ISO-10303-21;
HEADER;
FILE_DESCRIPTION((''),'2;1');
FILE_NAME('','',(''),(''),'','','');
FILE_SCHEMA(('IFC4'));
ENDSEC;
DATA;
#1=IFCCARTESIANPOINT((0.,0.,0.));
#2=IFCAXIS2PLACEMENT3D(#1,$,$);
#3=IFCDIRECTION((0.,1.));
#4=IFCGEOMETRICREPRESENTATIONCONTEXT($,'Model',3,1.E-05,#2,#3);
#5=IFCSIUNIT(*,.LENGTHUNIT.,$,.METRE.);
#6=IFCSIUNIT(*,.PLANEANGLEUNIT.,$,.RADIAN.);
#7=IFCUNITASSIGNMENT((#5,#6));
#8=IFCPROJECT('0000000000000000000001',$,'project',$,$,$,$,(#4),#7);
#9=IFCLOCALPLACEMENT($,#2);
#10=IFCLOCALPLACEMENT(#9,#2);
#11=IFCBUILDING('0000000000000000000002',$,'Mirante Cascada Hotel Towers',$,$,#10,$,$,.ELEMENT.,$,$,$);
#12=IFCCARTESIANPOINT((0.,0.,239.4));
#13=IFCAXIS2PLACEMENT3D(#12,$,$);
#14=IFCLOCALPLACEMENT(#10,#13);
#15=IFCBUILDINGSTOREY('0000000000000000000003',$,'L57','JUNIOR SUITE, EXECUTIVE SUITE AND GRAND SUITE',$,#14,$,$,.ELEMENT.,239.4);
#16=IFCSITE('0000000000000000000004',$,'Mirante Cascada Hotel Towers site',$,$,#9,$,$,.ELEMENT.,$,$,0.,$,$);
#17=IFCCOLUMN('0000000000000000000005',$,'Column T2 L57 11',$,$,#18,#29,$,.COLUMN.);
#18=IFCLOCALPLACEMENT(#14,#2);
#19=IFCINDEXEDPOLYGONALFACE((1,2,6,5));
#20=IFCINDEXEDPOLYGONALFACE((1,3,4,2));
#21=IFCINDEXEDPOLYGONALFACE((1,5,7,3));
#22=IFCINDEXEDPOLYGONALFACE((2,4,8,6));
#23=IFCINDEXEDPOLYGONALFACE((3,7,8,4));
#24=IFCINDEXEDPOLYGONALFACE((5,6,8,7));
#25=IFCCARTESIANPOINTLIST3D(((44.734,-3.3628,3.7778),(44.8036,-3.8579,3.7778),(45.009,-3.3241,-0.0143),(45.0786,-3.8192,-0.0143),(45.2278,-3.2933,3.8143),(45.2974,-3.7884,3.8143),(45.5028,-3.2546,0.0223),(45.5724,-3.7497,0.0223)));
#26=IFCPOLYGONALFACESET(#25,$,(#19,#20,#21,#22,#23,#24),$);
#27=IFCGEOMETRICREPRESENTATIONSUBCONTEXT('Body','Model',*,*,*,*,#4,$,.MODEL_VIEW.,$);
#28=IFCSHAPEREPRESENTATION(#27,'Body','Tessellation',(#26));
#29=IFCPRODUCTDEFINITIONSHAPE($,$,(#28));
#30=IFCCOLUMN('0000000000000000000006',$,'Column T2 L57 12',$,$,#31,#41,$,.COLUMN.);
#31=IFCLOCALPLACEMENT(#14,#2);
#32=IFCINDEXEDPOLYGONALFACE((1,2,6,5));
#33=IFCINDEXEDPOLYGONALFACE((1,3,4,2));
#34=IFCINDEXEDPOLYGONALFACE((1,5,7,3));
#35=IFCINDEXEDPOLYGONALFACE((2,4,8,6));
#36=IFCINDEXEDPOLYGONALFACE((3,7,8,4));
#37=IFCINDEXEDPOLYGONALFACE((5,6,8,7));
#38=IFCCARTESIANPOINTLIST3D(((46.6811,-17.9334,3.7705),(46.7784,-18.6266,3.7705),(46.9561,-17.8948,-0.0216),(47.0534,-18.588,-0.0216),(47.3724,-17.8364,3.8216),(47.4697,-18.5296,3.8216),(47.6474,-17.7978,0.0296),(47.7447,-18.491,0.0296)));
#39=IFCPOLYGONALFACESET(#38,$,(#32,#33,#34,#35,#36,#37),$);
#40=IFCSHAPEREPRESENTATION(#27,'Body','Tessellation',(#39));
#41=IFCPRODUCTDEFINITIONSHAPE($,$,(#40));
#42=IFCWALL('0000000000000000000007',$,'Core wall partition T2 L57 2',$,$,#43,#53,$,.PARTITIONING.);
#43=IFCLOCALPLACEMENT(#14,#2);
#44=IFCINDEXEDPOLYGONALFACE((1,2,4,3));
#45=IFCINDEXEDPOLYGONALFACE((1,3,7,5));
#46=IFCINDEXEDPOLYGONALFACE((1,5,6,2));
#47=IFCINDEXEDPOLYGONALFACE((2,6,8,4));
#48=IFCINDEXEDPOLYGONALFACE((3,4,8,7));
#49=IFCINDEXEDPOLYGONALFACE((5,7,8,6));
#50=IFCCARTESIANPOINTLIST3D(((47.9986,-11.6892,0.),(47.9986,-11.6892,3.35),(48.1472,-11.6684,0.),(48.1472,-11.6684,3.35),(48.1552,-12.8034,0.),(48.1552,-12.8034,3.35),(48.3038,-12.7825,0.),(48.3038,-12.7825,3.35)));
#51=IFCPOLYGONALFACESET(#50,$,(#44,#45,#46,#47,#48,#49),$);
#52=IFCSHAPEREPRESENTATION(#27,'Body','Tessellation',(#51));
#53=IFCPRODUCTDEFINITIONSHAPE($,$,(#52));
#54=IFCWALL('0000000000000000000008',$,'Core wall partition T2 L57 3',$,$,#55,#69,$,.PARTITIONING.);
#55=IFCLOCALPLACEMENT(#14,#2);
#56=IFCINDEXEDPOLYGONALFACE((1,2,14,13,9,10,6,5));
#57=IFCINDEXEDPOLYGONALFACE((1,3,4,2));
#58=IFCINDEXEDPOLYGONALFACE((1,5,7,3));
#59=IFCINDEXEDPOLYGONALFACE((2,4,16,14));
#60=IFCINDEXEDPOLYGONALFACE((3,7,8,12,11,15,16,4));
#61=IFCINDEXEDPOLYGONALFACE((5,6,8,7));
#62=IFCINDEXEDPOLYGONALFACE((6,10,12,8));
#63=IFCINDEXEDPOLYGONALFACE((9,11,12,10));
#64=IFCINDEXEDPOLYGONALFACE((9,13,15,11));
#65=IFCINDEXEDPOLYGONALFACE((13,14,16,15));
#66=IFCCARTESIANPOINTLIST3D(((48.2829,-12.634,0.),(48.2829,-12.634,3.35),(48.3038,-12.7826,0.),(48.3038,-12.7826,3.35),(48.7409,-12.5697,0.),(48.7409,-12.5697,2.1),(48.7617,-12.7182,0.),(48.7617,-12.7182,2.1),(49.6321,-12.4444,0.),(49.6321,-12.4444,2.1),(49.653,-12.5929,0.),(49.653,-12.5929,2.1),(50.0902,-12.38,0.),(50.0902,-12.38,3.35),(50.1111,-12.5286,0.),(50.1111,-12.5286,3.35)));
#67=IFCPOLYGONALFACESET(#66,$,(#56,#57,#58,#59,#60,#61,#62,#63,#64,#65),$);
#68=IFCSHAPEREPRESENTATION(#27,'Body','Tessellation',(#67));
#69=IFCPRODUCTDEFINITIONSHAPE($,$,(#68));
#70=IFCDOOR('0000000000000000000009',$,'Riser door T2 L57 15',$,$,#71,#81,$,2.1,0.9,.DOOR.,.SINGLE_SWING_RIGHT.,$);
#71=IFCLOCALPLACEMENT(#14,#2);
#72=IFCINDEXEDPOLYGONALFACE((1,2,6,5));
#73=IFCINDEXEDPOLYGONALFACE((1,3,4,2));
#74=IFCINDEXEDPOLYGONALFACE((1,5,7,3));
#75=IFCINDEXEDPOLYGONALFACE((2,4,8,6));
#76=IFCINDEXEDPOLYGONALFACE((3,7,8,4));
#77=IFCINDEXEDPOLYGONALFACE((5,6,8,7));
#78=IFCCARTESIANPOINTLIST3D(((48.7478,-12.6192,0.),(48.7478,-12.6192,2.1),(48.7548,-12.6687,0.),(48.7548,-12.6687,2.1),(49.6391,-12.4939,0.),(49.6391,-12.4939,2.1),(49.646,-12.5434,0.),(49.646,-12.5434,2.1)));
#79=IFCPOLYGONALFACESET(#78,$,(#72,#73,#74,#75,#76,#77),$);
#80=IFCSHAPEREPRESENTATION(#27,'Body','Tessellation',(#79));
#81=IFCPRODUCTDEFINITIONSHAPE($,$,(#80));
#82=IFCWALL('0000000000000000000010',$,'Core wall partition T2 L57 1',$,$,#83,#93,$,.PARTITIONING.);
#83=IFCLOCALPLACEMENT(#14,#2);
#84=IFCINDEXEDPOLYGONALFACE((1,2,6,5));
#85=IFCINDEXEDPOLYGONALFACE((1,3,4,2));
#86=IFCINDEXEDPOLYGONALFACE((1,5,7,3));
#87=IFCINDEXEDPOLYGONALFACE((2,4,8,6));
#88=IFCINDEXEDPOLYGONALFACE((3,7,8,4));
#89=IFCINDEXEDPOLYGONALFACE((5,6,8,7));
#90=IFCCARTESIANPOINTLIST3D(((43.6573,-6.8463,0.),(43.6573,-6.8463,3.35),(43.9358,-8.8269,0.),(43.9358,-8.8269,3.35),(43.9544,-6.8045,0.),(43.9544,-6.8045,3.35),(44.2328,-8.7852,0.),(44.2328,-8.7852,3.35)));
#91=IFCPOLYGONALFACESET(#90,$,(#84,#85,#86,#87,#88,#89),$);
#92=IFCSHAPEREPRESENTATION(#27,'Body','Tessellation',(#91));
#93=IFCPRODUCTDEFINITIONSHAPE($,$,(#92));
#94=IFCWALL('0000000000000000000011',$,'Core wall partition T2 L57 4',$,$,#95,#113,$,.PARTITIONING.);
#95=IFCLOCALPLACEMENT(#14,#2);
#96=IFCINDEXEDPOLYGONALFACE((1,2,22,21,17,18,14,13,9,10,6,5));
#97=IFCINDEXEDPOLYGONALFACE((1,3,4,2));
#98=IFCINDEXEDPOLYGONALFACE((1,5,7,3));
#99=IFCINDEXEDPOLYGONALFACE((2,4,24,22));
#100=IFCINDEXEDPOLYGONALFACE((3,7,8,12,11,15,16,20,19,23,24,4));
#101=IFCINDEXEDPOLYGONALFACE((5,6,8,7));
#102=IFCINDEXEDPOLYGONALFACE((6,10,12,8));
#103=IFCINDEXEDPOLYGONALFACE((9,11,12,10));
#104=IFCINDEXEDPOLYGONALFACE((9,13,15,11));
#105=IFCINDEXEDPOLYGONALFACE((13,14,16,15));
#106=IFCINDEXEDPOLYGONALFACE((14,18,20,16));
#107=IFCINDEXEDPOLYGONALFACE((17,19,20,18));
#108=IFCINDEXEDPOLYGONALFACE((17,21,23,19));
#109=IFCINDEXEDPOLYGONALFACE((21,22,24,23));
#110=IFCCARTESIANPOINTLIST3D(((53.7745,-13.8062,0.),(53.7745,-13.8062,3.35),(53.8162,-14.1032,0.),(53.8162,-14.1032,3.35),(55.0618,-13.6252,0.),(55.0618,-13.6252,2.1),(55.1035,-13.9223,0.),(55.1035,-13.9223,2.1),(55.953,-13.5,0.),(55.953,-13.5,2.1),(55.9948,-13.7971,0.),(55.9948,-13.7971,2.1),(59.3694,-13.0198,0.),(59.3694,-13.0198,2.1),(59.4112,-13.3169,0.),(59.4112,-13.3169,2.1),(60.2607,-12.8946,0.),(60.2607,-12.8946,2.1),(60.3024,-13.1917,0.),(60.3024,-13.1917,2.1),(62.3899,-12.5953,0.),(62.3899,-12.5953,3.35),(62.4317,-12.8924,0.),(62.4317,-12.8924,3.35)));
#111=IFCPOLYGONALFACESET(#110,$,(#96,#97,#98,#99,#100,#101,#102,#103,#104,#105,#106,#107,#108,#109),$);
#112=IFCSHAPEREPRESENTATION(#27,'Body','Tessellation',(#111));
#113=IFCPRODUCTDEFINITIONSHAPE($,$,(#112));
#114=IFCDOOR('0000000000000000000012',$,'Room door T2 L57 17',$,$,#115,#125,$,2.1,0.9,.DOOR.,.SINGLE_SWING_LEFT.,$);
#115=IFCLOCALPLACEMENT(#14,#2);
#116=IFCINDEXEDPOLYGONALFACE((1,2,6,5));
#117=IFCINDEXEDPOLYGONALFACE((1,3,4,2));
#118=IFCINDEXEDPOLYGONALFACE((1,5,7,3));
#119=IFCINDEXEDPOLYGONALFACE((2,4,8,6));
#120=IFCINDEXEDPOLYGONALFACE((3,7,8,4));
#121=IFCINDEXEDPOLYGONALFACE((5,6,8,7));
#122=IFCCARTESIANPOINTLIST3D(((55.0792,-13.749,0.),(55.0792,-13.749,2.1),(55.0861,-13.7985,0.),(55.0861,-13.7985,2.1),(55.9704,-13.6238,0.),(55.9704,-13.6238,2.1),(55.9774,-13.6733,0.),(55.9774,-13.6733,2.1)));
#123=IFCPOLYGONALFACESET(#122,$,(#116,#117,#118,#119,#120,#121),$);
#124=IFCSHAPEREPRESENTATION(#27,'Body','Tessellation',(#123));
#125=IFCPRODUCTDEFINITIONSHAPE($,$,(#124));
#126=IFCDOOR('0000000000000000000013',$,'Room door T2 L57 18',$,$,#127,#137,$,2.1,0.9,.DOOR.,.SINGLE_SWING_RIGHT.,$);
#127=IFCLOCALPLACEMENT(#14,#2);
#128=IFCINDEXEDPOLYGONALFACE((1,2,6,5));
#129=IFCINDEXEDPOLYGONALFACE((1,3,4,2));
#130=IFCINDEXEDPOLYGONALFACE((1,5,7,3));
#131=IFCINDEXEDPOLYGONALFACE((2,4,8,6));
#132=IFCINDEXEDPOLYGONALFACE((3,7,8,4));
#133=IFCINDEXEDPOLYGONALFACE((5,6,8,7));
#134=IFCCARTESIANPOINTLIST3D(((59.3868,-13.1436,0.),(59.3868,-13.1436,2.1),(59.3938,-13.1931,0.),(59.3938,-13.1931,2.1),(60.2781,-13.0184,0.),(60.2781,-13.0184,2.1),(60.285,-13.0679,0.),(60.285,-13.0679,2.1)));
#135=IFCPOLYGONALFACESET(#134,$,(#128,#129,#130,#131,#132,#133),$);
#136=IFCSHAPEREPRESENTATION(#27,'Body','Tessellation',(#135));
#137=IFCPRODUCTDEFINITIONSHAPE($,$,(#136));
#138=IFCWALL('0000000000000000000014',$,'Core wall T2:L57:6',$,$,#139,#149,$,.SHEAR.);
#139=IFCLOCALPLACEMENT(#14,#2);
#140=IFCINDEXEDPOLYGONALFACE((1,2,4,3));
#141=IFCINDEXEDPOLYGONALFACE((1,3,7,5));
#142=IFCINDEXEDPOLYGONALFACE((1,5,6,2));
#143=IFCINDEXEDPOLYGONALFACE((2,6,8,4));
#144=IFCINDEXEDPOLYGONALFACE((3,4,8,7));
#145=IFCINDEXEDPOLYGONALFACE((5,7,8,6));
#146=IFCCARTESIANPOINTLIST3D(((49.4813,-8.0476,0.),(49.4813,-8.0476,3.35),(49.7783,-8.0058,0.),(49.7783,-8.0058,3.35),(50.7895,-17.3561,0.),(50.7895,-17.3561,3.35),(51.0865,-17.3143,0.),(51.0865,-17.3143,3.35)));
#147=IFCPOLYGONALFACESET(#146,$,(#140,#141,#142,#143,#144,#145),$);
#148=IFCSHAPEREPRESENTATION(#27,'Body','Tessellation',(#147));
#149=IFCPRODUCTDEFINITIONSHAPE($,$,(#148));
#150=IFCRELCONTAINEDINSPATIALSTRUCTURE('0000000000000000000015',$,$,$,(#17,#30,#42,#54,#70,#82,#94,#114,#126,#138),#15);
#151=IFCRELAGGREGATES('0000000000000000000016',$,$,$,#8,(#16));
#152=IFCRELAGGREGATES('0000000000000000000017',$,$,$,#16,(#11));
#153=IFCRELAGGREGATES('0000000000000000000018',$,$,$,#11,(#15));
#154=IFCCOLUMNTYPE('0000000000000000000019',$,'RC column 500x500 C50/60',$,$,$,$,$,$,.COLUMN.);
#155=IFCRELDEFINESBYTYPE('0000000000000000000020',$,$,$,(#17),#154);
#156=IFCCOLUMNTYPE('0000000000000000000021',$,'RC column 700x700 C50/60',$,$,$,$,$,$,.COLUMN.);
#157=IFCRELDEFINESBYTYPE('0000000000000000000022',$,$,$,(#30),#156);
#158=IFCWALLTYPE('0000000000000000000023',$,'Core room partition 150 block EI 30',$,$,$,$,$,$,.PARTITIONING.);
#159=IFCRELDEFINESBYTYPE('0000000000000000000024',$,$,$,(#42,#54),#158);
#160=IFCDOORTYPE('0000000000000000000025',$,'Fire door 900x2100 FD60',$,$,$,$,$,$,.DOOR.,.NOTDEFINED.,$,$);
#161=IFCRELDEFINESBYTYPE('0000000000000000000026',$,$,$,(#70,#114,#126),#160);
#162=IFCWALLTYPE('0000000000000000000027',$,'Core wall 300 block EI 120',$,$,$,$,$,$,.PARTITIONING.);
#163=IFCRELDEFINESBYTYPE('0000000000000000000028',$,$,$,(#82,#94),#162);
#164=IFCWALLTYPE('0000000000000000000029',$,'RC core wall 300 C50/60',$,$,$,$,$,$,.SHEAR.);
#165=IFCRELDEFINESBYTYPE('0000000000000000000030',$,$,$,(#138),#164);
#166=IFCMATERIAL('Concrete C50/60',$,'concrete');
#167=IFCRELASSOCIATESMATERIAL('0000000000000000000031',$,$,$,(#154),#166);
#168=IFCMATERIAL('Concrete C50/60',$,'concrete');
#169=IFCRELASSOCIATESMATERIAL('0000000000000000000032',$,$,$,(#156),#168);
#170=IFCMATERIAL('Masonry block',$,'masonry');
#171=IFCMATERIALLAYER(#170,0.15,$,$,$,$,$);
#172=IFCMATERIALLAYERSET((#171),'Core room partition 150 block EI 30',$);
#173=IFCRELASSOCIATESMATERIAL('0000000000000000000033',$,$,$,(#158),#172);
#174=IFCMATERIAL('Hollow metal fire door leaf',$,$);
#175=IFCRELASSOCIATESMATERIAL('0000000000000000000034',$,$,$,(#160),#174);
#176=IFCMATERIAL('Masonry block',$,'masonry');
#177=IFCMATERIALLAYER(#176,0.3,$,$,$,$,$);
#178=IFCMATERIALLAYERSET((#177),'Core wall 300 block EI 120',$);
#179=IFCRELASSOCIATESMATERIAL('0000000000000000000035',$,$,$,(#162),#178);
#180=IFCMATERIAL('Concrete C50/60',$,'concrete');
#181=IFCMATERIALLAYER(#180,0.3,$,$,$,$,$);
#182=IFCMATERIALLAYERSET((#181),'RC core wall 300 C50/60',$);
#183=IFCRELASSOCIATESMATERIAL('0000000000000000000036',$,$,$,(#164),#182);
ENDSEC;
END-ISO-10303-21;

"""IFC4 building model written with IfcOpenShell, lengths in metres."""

from ifc_helpers import new_model, si_unit, direction, frame, frame_2d, origin, origin_2d, place, context, subcontext, project, spatial, rectangle, extrude, material, layer, layer_set, material_profile, profile_set, type_object, element, fill, save


model = new_model("IFC4")

# Units and contexts
model_context = context("Model", 3, precision=1e-05, world=origin(), true_north=direction((0.0, 1.0)))
body_context = subcontext(model_context, "Body", "Model", "MODEL_VIEW")
ifc_project = project(units=[si_unit("LENGTHUNIT", "METRE"), si_unit("PLANEANGLEUNIT", "RADIAN")], contexts=[model_context])

# Site, building, storey
site_placement = place(None, origin())
site = spatial("IfcSite", under=ifc_project, at=site_placement, Name="Mirante Cascada Hotel Towers site", CompositionType="ELEMENT", RefElevation=0.0)
building_placement = place(site_placement, origin())
building = spatial("IfcBuilding", under=site, at=building_placement, Name="Mirante Cascada Hotel Towers", CompositionType="ELEMENT")
storey_placement = place(building_placement, frame((0.0, 0.0, 239.4)))
storey = spatial("IfcBuildingStorey", under=building, at=storey_placement, Name="L57", Description="JUNIOR SUITE, EXECUTIVE SUITE AND GRAND SUITE", CompositionType="ELEMENT", Elevation=239.4)

# Columns
ifc_material_1 = material(Name="Concrete C50/60", Category="concrete")
ifc_material_profile_1 = material_profile(ifc_material_1, rectangle(XDim=0.5, YDim=0.5, at=origin_2d()), Name="RC column 500x500 C50/60")
ifc_profile_set_1 = profile_set([ifc_material_profile_1], Name="Concrete C50/60")
column_type_1 = type_object("IfcColumnType", Name="RC column 500x500 C50/60", PredefinedType="COLUMN", material=ifc_profile_set_1)
column_1_placement = place(storey_placement, frame((45.2907, -3.5369, 0.004), z_axis=(-0.072327, -0.010178, 0.997329), x_axis=(0.139354, -0.990243, 0.0)))
element("IfcColumn", 1, at=column_1_placement, inside=storey, type_object=column_type_1, Name="Column T2 L57 11", PredefinedType="COLUMN", context=body_context, shape_type="SweptSolid", body=[
    extrude(rectangle(XDim=0.5, YDim=0.5, at=origin_2d()), origin(), (0.0, 0.0, 1.0), 3.8022),
])
ifc_material_2 = material(Name="Concrete C50/60", Category="concrete")
ifc_material_profile_2 = material_profile(ifc_material_2, rectangle(XDim=0.7, YDim=0.7, at=origin_2d()), Name="RC column 700x700 C50/60")
ifc_profile_set_2 = profile_set([ifc_material_profile_2], Name="Concrete C50/60")
column_type_2 = type_object("IfcColumnType", Name="RC column 700x700 C50/60", PredefinedType="COLUMN", material=ifc_profile_set_2)
column_2_placement = place(storey_placement, frame((47.3504, -18.1929, 0.004), z_axis=(-0.072327, -0.010152, 0.997329), x_axis=(0.139001, -0.990292, 0.0)))
element("IfcColumn", 2, at=column_2_placement, inside=storey, type_object=column_type_2, Name="Column T2 L57 12", PredefinedType="COLUMN", context=body_context, shape_type="SweptSolid", body=[
    extrude(rectangle(XDim=0.7, YDim=0.7, at=origin_2d()), origin(), (0.0, 0.0, 1.0), 3.8022),
])

# Wall
ifc_material_3 = material(Name="Masonry block", Category="masonry")
ifc_layer_1 = layer(ifc_material_3, 0.15)
ifc_layer_set_1 = layer_set([ifc_layer_1], Name="Core room partition 150 block EI 30")
wall_type_1 = type_object("IfcWallType", Name="Core room partition 150 block EI 30", PredefinedType="PARTITIONING", material=ifc_layer_set_1)
wall_1_placement = place(storey_placement, frame((48.2295, -12.793, 0.0), z_axis=(0.0, 0.0, 1.0), x_axis=(-0.139193, 0.990265, 0.0)))
element("IfcWall", 3, at=wall_1_placement, inside=storey, type_object=wall_type_1, Name="Core wall partition T2 L57 2", PredefinedType="PARTITIONING", context=body_context, shape_type="SweptSolid", body=[
    extrude(rectangle(XDim=1.1251, YDim=0.15, at=frame_2d((0.5626, 0.0))), origin(), (0.0, 0.0, 1.0), 3.35),
])

# Wall, opening, door
wall_2_placement = place(storey_placement, frame((48.2933, -12.7083, 0.0), z_axis=(0.0, 0.0, 1.0), x_axis=(0.990268, 0.139173, 0.0)))
wall_2 = element("IfcWall", 4, at=wall_2_placement, inside=storey, type_object=wall_type_1, Name="Core wall partition T2 L57 3", PredefinedType="PARTITIONING", context=body_context, shape_type="SweptSolid", body=[
    extrude(rectangle(XDim=1.8251, YDim=0.15, at=frame_2d((0.9126, 0.0))), origin(), (0.0, 0.0, 1.0), 3.35),
])
opening_1_placement = place(wall_2_placement, frame((0.4625, 0.0, 0.0)))
opening_1 = element("IfcOpeningElement", 5, at=opening_1_placement, cuts=wall_2, PredefinedType="OPENING", context=body_context, shape_type="SweptSolid", body=[
    extrude(rectangle(XDim=0.9, YDim=2.1, at=frame_2d((0.45, 1.05))), frame((0.0, 0.075, 0.0), z_axis=(0.0, -1.0, 0.0), x_axis=(1.0, 0.0, 0.0)), (0.0, 0.0, 1.0), 0.15),
])
ifc_material_4 = material(Name="Hollow metal fire door leaf")
door_type_1 = type_object("IfcDoorType", Name="Fire door 900x2100 FD60", OperationType="NOTDEFINED", PredefinedType="DOOR", material=ifc_material_4)
door_1_placement = place(opening_1_placement, frame((0.9, 0.0, 0.0), z_axis=(0.0, 0.0, 1.0), x_axis=(-1.0, 0.0, 0.0)))
door_1 = element("IfcDoor", 6, at=door_1_placement, inside=storey, type_object=door_type_1, Name="Riser door T2 L57 15", OperationType="SINGLE_SWING_RIGHT", OverallHeight=2.1, OverallWidth=0.9, PredefinedType="DOOR", context=body_context, shape_type="SweptSolid", body=[
    extrude(rectangle(XDim=0.9, YDim=2.1, at=frame_2d((0.45, 1.05))), frame((0.0, 0.025, 0.0), z_axis=(0.0, -1.0, 0.0), x_axis=(1.0, 0.0, 0.0)), (0.0, 0.0, 1.0), 0.05),
])
fill(opening_1, door_1)

# Wall
ifc_material_5 = material(Name="Masonry block", Category="masonry")
ifc_layer_2 = layer(ifc_material_5, 0.3)
ifc_layer_set_2 = layer_set([ifc_layer_2], Name="Core wall 300 block EI 120")
wall_type_2 = type_object("IfcWallType", Name="Core wall 300 block EI 120", PredefinedType="PARTITIONING", material=ifc_layer_set_2)
wall_3_placement = place(storey_placement, frame((44.0843, -8.8061, 0.0), z_axis=(0.0, 0.0, 1.0), x_axis=(-0.139195, 0.990265, 0.0)))
element("IfcWall", 7, at=wall_3_placement, inside=storey, type_object=wall_type_2, Name="Core wall partition T2 L57 1", PredefinedType="PARTITIONING", context=body_context, shape_type="SweptSolid", body=[
    extrude(rectangle(XDim=2.0001, YDim=0.3, at=frame_2d((1.0001, 0.0))), origin(), (0.0, 0.0, 1.0), 3.35),
])

# Wall, openings, doors
wall_4_placement = place(storey_placement, frame((53.7953, -13.9547, 0.0), z_axis=(0.0, 0.0, 1.0), x_axis=(0.990268, 0.139171, 0.0)))
wall_4 = element("IfcWall", 8, at=wall_4_placement, inside=storey, type_object=wall_type_2, Name="Core wall partition T2 L57 4", PredefinedType="PARTITIONING", context=body_context, shape_type="SweptSolid", body=[
    extrude(rectangle(XDim=8.7001, YDim=0.3, at=frame_2d((4.3501, 0.0))), origin(), (0.0, 0.0, 1.0), 3.35),
])
opening_2_placement = place(wall_4_placement, frame((1.3, 0.0, 0.0)))
opening_2 = element("IfcOpeningElement", 9, at=opening_2_placement, cuts=wall_4, PredefinedType="OPENING", context=body_context, shape_type="SweptSolid", body=[
    extrude(rectangle(XDim=0.9, YDim=2.1, at=frame_2d((0.45, 1.05))), frame((0.0, 0.15, 0.0), z_axis=(0.0, -1.0, 0.0), x_axis=(1.0, 0.0, 0.0)), (0.0, 0.0, 1.0), 0.3),
])
opening_3_placement = place(wall_4_placement, frame((5.65, 0.0, 0.0)))
opening_3 = element("IfcOpeningElement", 10, at=opening_3_placement, cuts=wall_4, PredefinedType="OPENING", context=body_context, shape_type="SweptSolid", body=[
    extrude(rectangle(XDim=0.9, YDim=2.1, at=frame_2d((0.45, 1.05))), frame((0.0, 0.15, 0.0), z_axis=(0.0, -1.0, 0.0), x_axis=(1.0, 0.0, 0.0)), (0.0, 0.0, 1.0), 0.3),
])
door_2_placement = place(opening_2_placement, frame((0.9, 0.0, 0.0), z_axis=(0.0, 0.0, 1.0), x_axis=(-1.0, 0.0, 0.0)))
door_2 = element("IfcDoor", 11, at=door_2_placement, inside=storey, type_object=door_type_1, Name="Room door T2 L57 17", OperationType="SINGLE_SWING_LEFT", OverallHeight=2.1, OverallWidth=0.9, PredefinedType="DOOR", context=body_context, shape_type="SweptSolid", body=[
    extrude(rectangle(XDim=0.9, YDim=2.1, at=frame_2d((0.45, 1.05))), frame((0.0, 0.025, 0.0), z_axis=(0.0, -1.0, 0.0), x_axis=(1.0, 0.0, 0.0)), (0.0, 0.0, 1.0), 0.05),
])
fill(opening_2, door_2)
door_3_placement = place(opening_3_placement, frame((0.9, 0.0, 0.0), z_axis=(0.0, 0.0, 1.0), x_axis=(-1.0, 0.0, 0.0)))
door_3 = element("IfcDoor", 12, at=door_3_placement, inside=storey, type_object=door_type_1, Name="Room door T2 L57 18", OperationType="SINGLE_SWING_RIGHT", OverallHeight=2.1, OverallWidth=0.9, PredefinedType="DOOR", context=body_context, shape_type="SweptSolid", body=[
    extrude(rectangle(XDim=0.9, YDim=2.1, at=frame_2d((0.45, 1.05))), frame((0.0, 0.025, 0.0), z_axis=(0.0, -1.0, 0.0), x_axis=(1.0, 0.0, 0.0)), (0.0, 0.0, 1.0), 0.05),
])
fill(opening_3, door_3)

# Wall
ifc_material_6 = material(Name="Concrete C50/60", Category="concrete")
ifc_layer_3 = layer(ifc_material_6, 0.3)
ifc_layer_set_3 = layer_set([ifc_layer_3], Name="RC core wall 300 C50/60")
wall_type_3 = type_object("IfcWallType", Name="RC core wall 300 C50/60", PredefinedType="SHEAR", material=ifc_layer_set_3)
wall_5_placement = place(storey_placement, frame((50.938, -17.3352, 0.0), z_axis=(0.0, 0.0, 1.0), x_axis=(-0.139171, 0.990268, 0.0)))
element("IfcWall", 13, at=wall_5_placement, inside=storey, type_object=wall_type_3, Name="Core wall T2:L57:6", PredefinedType="SHEAR", context=body_context, shape_type="SweptSolid", body=[
    extrude(rectangle(XDim=9.4, YDim=0.3, at=frame_2d((4.7, 0.0))), origin(), (0.0, 0.0, 1.0), 3.35),
])

save(model, "model.ifc")
